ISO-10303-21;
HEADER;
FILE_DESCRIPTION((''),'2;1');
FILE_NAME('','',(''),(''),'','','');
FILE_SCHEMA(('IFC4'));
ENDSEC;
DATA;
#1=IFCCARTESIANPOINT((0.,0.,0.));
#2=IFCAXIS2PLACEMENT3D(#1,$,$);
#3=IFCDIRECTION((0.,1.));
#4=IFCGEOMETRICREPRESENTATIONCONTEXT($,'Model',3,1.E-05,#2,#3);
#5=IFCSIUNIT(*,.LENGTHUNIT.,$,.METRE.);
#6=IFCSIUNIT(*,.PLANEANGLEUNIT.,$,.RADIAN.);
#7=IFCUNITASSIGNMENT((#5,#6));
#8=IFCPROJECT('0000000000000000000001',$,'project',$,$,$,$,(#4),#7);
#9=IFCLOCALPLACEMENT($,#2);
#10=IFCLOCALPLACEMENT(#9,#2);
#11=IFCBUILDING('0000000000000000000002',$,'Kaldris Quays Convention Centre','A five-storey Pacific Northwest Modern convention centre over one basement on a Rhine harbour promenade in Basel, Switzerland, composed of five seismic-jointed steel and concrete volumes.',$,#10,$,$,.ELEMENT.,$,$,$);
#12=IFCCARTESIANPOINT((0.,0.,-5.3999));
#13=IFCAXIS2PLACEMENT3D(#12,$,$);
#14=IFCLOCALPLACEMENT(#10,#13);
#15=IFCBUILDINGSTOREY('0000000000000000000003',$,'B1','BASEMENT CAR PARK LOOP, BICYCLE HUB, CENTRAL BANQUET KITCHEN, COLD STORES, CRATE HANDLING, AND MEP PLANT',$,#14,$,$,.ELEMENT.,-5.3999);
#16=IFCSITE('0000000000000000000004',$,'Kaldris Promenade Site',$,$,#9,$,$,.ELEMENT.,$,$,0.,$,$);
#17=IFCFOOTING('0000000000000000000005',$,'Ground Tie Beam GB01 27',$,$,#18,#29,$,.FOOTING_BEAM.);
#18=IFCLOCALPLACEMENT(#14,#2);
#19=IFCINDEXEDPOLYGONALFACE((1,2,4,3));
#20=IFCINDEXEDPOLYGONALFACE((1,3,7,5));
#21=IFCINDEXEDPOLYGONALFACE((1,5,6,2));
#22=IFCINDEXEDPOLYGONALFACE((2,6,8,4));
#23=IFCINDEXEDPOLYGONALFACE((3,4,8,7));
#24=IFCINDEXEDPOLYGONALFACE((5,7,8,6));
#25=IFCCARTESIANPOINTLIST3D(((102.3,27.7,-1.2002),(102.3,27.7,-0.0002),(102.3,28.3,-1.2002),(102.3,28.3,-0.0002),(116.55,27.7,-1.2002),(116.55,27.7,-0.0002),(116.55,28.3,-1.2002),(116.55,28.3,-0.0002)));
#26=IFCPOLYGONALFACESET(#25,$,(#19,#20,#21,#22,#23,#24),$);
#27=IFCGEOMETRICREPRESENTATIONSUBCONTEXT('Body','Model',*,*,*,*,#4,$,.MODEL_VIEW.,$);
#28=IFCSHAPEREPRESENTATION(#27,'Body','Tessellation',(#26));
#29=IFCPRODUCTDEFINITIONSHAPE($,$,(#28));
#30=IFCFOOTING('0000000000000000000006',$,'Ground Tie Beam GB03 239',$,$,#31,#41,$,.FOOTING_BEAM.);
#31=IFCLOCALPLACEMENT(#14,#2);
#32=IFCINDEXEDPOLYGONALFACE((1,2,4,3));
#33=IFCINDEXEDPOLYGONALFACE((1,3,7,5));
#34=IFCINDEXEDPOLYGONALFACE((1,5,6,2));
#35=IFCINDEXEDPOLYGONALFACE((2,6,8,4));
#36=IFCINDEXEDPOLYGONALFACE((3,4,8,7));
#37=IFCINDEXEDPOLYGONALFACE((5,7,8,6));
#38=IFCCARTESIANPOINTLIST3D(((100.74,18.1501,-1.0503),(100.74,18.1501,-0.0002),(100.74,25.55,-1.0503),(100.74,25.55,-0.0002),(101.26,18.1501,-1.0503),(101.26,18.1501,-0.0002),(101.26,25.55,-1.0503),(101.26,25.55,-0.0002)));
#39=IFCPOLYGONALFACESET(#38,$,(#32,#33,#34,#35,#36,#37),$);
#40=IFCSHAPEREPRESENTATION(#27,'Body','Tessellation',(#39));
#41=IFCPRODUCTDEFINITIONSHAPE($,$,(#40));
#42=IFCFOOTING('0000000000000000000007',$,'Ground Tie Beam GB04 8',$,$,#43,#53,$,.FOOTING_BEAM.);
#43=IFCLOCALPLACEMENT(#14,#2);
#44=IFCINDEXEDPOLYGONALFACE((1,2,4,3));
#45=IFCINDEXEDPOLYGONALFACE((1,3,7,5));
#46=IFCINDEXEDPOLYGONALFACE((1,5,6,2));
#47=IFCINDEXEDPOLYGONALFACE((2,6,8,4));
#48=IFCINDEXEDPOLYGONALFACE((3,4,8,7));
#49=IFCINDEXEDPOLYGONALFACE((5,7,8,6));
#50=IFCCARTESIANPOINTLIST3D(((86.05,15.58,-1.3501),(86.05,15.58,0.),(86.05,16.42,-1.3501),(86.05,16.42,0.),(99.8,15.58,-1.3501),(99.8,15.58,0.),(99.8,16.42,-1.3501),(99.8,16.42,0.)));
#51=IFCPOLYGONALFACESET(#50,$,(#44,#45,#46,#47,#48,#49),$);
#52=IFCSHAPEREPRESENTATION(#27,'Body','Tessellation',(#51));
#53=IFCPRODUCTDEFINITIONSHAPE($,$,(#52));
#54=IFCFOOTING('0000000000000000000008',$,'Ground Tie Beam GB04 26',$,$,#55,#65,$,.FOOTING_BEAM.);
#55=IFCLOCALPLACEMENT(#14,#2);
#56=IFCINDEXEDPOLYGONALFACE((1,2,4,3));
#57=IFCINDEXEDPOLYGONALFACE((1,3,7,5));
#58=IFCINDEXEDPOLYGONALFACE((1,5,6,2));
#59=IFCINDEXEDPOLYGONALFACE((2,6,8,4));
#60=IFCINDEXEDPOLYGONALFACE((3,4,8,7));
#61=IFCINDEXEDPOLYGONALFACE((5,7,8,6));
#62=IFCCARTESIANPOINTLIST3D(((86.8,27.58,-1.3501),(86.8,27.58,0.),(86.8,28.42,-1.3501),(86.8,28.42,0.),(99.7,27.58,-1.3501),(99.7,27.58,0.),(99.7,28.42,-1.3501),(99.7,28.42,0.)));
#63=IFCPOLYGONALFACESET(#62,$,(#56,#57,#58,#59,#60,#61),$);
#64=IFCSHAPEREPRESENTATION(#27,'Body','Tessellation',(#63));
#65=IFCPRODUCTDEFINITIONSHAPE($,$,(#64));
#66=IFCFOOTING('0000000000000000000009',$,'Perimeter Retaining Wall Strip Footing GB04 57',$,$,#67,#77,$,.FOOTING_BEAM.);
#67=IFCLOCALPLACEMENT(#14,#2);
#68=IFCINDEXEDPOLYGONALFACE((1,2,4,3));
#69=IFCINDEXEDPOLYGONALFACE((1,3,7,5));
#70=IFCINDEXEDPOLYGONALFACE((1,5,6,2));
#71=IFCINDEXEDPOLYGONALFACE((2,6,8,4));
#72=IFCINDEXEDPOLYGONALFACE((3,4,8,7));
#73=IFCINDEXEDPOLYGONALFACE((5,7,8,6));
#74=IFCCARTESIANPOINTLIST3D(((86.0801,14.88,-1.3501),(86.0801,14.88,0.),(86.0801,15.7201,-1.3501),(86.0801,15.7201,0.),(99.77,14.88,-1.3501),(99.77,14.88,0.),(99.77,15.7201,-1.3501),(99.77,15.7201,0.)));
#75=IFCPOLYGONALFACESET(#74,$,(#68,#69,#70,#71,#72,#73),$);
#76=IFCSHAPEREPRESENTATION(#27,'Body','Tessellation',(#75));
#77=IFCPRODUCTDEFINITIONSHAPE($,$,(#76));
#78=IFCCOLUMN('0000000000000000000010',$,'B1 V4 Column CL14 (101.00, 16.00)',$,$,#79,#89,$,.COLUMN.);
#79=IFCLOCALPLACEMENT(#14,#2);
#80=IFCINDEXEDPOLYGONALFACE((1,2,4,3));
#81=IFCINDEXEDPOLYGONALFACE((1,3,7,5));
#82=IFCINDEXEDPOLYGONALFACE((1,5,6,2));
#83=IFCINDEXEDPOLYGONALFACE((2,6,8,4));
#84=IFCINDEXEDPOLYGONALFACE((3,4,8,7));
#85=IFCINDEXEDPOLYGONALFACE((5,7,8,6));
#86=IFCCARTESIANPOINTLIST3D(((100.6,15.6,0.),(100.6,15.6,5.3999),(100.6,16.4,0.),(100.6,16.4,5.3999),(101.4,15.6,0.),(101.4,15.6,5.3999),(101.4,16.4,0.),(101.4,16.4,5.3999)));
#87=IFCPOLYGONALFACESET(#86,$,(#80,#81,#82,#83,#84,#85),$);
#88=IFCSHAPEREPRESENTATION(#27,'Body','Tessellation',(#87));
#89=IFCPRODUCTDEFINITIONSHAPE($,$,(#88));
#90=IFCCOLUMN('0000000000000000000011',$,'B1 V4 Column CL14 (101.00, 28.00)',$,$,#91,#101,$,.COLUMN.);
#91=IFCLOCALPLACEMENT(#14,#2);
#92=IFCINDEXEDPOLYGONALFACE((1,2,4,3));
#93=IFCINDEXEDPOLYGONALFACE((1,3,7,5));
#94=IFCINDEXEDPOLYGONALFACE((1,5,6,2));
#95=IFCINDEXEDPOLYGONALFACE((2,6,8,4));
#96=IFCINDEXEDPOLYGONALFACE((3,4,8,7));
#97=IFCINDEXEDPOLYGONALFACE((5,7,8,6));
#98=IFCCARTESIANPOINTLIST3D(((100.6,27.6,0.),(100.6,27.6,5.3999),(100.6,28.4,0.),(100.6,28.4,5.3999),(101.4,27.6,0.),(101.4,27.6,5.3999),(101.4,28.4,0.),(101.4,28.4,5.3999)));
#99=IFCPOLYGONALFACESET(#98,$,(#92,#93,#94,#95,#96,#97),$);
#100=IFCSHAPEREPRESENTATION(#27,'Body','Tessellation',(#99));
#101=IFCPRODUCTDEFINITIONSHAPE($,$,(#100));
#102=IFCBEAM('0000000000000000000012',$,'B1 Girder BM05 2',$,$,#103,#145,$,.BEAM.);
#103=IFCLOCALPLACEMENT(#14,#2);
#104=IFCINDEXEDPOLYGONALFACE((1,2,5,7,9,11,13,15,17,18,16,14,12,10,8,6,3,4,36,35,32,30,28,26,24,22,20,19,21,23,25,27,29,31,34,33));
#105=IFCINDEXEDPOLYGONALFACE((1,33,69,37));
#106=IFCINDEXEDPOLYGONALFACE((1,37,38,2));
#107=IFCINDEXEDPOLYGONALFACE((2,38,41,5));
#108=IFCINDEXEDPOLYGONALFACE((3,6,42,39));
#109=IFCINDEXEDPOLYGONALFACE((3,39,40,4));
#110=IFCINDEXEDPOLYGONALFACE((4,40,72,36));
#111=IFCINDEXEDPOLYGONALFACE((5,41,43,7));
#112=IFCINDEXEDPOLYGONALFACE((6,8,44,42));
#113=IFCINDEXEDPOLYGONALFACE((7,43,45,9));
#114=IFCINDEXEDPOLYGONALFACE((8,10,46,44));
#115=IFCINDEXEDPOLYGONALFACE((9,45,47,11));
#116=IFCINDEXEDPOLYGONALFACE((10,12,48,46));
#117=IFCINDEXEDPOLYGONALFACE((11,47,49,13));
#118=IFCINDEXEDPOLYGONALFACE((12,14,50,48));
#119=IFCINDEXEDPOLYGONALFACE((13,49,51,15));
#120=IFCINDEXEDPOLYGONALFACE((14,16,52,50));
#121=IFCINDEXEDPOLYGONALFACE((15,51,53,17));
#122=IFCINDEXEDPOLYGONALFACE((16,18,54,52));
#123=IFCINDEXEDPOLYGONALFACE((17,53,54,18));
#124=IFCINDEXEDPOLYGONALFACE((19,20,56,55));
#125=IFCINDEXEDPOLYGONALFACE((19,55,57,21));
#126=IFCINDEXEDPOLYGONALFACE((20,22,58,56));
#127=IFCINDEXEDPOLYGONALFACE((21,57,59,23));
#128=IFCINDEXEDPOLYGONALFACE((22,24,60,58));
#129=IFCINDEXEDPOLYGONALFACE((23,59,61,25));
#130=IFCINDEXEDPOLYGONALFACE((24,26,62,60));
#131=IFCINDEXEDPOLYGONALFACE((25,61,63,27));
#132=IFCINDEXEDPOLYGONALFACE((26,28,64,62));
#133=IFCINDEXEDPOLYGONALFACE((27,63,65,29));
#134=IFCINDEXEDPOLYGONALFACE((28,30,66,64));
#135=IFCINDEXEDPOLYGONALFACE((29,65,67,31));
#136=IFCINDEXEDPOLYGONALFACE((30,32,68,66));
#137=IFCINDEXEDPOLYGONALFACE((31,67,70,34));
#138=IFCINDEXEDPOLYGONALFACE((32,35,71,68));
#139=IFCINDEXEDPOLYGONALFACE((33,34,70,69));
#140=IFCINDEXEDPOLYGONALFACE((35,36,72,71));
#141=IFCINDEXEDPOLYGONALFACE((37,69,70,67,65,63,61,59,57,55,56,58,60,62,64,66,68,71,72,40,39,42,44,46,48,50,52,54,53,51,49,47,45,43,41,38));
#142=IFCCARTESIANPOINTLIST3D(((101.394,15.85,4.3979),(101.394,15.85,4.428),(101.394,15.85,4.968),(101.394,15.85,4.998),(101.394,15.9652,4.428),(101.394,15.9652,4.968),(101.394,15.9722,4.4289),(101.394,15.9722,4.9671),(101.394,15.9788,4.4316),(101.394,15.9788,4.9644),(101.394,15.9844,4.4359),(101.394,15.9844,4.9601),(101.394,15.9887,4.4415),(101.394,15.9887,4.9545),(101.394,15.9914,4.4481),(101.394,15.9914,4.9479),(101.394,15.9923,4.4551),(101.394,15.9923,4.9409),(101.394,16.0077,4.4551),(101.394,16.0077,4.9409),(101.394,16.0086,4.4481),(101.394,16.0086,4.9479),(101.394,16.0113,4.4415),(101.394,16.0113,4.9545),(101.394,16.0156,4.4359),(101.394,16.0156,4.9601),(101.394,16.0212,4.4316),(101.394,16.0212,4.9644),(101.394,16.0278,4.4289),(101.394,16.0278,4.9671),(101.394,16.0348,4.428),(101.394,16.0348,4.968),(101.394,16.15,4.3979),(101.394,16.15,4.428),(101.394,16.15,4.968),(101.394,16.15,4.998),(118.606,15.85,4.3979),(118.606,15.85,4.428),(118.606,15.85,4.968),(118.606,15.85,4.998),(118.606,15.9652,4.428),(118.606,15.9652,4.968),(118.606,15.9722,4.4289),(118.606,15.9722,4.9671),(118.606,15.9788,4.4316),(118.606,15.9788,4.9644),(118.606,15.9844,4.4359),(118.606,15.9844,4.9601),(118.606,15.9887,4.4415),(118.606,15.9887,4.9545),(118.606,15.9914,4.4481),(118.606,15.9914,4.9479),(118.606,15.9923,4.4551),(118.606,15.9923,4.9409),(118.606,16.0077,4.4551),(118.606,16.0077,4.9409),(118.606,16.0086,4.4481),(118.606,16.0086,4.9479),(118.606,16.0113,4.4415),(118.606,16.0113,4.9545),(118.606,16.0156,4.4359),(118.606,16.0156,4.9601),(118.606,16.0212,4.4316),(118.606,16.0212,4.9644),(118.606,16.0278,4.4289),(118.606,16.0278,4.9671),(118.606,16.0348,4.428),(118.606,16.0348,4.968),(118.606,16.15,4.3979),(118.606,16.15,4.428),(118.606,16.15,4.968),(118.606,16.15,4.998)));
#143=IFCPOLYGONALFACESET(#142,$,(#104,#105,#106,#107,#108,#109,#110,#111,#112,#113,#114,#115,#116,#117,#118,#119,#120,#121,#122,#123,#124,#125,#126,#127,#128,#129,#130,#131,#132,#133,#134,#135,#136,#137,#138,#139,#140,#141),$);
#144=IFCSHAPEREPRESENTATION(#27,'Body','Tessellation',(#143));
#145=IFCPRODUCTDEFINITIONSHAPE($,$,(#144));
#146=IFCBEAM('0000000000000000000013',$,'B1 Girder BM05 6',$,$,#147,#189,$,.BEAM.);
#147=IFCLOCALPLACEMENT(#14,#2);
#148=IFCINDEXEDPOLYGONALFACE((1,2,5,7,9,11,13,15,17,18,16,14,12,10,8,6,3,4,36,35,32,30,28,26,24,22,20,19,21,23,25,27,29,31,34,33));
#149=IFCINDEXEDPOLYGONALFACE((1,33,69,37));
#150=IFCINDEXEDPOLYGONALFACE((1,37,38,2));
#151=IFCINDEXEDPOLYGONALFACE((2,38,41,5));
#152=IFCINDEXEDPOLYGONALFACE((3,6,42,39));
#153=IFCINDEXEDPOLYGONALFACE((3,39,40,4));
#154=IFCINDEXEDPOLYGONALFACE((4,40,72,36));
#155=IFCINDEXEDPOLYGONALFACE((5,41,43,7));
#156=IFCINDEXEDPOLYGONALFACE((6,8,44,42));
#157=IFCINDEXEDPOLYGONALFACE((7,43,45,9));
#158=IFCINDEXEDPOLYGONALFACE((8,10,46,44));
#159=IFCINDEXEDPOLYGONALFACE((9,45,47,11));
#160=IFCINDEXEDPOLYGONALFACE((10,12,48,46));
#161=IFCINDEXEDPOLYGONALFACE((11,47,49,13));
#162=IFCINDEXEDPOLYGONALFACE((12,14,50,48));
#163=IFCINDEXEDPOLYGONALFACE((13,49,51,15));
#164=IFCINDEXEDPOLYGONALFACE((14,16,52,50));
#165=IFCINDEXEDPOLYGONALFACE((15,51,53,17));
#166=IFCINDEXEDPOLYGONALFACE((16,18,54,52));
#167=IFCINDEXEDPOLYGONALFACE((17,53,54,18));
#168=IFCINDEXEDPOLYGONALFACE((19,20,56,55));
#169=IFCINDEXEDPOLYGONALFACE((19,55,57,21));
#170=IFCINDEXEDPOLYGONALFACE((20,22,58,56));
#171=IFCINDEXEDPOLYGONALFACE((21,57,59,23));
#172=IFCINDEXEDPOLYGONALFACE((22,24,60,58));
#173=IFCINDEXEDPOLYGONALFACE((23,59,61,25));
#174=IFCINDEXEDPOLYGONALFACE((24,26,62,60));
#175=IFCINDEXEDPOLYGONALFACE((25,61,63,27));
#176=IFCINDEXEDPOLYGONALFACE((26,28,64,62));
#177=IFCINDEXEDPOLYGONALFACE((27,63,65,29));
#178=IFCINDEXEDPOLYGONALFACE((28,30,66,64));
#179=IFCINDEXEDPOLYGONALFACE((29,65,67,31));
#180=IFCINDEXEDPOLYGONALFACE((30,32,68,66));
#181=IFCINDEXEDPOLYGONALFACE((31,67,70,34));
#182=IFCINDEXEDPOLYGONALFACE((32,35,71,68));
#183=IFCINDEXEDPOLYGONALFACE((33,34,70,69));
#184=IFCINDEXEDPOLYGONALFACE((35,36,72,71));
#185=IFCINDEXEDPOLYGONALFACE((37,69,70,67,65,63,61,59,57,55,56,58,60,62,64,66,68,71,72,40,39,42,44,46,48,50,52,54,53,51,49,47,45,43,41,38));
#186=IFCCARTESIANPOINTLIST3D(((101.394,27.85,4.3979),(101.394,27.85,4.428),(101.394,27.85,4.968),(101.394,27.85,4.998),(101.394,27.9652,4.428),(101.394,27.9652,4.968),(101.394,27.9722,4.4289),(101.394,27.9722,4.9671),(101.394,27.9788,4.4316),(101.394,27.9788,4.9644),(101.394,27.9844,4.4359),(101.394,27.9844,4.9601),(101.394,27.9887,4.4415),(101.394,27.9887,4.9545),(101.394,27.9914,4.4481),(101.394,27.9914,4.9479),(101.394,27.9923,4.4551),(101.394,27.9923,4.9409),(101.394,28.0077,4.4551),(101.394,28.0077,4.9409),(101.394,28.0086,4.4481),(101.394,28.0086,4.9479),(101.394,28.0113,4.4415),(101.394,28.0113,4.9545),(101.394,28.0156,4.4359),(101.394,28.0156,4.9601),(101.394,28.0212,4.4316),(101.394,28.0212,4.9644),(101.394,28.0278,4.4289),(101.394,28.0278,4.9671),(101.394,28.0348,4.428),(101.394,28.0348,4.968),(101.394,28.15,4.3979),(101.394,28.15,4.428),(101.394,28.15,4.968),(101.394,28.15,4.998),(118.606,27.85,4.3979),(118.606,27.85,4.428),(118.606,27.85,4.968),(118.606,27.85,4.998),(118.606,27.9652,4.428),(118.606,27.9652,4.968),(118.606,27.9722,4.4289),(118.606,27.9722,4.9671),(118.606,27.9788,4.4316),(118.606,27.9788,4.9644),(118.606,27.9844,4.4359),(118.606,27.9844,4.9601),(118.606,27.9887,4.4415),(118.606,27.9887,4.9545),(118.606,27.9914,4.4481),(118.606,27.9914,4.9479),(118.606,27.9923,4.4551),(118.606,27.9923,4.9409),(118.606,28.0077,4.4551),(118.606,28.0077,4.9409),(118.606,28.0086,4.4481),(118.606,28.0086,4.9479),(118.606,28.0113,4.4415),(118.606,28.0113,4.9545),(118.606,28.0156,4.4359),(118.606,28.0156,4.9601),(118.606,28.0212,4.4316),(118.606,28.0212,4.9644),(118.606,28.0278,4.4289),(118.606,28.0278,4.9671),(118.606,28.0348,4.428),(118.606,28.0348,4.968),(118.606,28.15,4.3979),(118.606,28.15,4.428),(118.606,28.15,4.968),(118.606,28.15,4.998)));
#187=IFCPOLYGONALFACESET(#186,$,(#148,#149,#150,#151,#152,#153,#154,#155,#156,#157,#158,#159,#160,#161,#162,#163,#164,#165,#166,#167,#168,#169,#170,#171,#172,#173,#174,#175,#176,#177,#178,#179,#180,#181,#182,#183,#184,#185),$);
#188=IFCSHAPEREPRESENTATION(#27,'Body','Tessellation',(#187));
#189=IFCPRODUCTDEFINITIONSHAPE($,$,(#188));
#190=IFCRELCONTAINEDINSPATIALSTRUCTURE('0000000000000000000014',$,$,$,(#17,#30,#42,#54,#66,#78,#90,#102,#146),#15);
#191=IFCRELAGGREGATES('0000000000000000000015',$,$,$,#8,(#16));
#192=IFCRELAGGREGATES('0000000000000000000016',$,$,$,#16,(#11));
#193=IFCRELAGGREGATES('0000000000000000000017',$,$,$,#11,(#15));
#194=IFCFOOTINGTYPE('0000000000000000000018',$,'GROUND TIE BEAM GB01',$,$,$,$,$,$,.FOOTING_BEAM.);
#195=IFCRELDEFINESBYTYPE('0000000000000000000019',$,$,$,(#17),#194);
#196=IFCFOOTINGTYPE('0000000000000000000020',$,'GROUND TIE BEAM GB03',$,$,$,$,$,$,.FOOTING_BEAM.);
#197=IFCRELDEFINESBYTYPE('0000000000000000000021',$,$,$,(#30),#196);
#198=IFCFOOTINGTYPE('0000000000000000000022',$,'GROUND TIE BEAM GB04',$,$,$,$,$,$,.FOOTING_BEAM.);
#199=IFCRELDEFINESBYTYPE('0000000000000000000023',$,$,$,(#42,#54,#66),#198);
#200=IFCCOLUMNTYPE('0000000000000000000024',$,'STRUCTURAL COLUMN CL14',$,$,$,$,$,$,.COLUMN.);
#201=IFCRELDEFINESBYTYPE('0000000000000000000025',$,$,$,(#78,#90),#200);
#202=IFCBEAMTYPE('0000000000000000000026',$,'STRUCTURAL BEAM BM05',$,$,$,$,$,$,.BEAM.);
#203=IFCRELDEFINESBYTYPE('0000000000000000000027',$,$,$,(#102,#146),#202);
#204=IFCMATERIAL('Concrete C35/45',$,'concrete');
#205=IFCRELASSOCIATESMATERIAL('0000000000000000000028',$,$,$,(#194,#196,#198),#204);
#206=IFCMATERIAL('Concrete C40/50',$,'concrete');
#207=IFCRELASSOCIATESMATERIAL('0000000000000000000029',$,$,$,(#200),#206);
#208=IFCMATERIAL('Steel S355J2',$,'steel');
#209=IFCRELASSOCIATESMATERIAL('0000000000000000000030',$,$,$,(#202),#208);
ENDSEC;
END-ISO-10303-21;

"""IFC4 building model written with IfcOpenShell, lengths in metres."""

from ifc_helpers import new_model, si_unit, direction, frame, origin, origin_2d, place, context, subcontext, project, spatial, rectangle, i_section, extrude, material, material_profile, profile_set, type_object, element, save


model = new_model("IFC4")

# Units and contexts
model_context = context("Model", 3, precision=1e-05, world=origin(), true_north=direction((0.0, 1.0)))
body_context = subcontext(model_context, "Body", "Model", "MODEL_VIEW")
ifc_project = project(units=[si_unit("LENGTHUNIT", "METRE"), si_unit("PLANEANGLEUNIT", "RADIAN")], contexts=[model_context])

# Site, building, storey
site_placement = place(None, origin())
site = spatial("IfcSite", under=ifc_project, at=site_placement, Name="Kaldris Promenade Site", CompositionType="ELEMENT", RefElevation=0.0)
building_placement = place(site_placement, origin())
building = spatial("IfcBuilding", under=site, at=building_placement, Name="Kaldris Quays Convention Centre", Description="A five-storey Pacific Northwest Modern convention centre over one basement on a Rhine harbour promenade in Basel, Switzerland, composed of five seismic-jointed steel and concrete volumes.", CompositionType="ELEMENT")
storey_placement = place(building_placement, frame((0.0, 0.0, -5.3999)))
storey = spatial("IfcBuildingStorey", under=building, at=storey_placement, Name="B1", Description="BASEMENT CAR PARK LOOP, BICYCLE HUB, CENTRAL BANQUET KITCHEN, COLD STORES, CRATE HANDLING, AND MEP PLANT", CompositionType="ELEMENT", Elevation=-5.3999)

# Shared definitions
ifc_material_1 = material(Name="Concrete C35/45", Category="concrete")

# Footings
footing_type_1 = type_object("IfcFootingType", Name="GROUND TIE BEAM GB01", PredefinedType="FOOTING_BEAM", material=ifc_material_1)
footing_1_placement = place(storey_placement, frame((109.425, 28.0, -1.2002), z_axis=(0.0, 0.0, 1.0), x_axis=(1.0, 0.0, 0.0)))
element("IfcFooting", 1, at=footing_1_placement, inside=storey, type_object=footing_type_1, Name="Ground Tie Beam GB01 27", PredefinedType="FOOTING_BEAM", context=body_context, shape_type="SweptSolid", body=[
    extrude(rectangle(XDim=14.25, YDim=0.6001, at=origin_2d()), origin(), (0.0, 0.0, 1.0), 1.2),
])
footing_type_2 = type_object("IfcFootingType", Name="GROUND TIE BEAM GB03", PredefinedType="FOOTING_BEAM", material=ifc_material_1)
footing_2_placement = place(storey_placement, frame((101.0, 21.8501, -1.0503), z_axis=(0.0, 0.0, 1.0), x_axis=(1.0, 0.0, 0.0)))
element("IfcFooting", 2, at=footing_2_placement, inside=storey, type_object=footing_type_2, Name="Ground Tie Beam GB03 239", PredefinedType="FOOTING_BEAM", context=body_context, shape_type="SweptSolid", body=[
    extrude(rectangle(XDim=0.52, YDim=7.3999, at=origin_2d()), origin(), (0.0, 0.0, 1.0), 1.05),
])
footing_type_3 = type_object("IfcFootingType", Name="GROUND TIE BEAM GB04", PredefinedType="FOOTING_BEAM", material=ifc_material_1)
footing_3_placement = place(storey_placement, frame((92.925, 16.0, -1.3501), z_axis=(0.0, 0.0, 1.0), x_axis=(1.0, 0.0, 0.0)))
element("IfcFooting", 3, at=footing_3_placement, inside=storey, type_object=footing_type_3, Name="Ground Tie Beam GB04 8", PredefinedType="FOOTING_BEAM", context=body_context, shape_type="SweptSolid", body=[
    extrude(rectangle(XDim=13.75, YDim=0.8401, at=origin_2d()), origin(), (0.0, 0.0, 1.0), 1.3501),
])
footing_4_placement = place(storey_placement, frame((93.25, 28.0, -1.3501), z_axis=(0.0, 0.0, 1.0), x_axis=(1.0, 0.0, 0.0)))
element("IfcFooting", 4, at=footing_4_placement, inside=storey, type_object=footing_type_3, Name="Ground Tie Beam GB04 26", PredefinedType="FOOTING_BEAM", context=body_context, shape_type="SweptSolid", body=[
    extrude(rectangle(XDim=12.8999, YDim=0.8401, at=origin_2d()), origin(), (0.0, 0.0, 1.0), 1.3501),
])
footing_5_placement = place(storey_placement, frame((92.925, 15.3, -1.3501), z_axis=(0.0, 0.0, 1.0), x_axis=(1.0, 0.0, 0.0)))
element("IfcFooting", 5, at=footing_5_placement, inside=storey, type_object=footing_type_3, Name="Perimeter Retaining Wall Strip Footing GB04 57", PredefinedType="FOOTING_BEAM", context=body_context, shape_type="SweptSolid", body=[
    extrude(rectangle(XDim=13.6899, YDim=0.8401, at=origin_2d()), origin(), (0.0, 0.0, 1.0), 1.3501),
])

# Columns
ifc_material_2 = material(Name="Concrete C40/50", Category="concrete")
ifc_material_profile_1 = material_profile(ifc_material_2, rectangle(XDim=0.8, YDim=0.8, at=origin_2d()), Name="RC 800x800")
ifc_profile_set_1 = profile_set([ifc_material_profile_1], Name="Concrete C40/50")
column_type = type_object("IfcColumnType", Name="STRUCTURAL COLUMN CL14", PredefinedType="COLUMN", material=ifc_profile_set_1)
for number, where, z_axis, x_axis, name in (
    (6, (101.0, 16.0, 0.0), (0.0, 0.0, 1.0), (1.0, 0.0, 0.0), "B1 V4 Column CL14 (101.00, 16.00)"),
    (7, (101.0, 28.0, 0.0), (0.0, 0.0, 1.0), (1.0, 0.0, 0.0), "B1 V4 Column CL14 (101.00, 28.00)"),
):
    element("IfcColumn", number, at=place(storey_placement, frame(where, z_axis=z_axis, x_axis=x_axis)), inside=storey, type_object=column_type, Name=name, PredefinedType="COLUMN", context=body_context, shape_type="SweptSolid", body=[
        extrude(rectangle(XDim=0.8, YDim=0.8, at=origin_2d()), origin(), (0.0, 0.0, 1.0), 5.3999),
    ])

# Beams
ifc_material_3 = material(Name="Steel S355J2", Category="steel")
ifc_material_profile_2 = material_profile(ifc_material_3, i_section(OverallWidth=0.3, OverallDepth=0.6001, WebThickness=0.0154, FlangeThickness=0.03, FilletRadius=0.0271, at=origin_2d()), Name="HEB 600")
ifc_profile_set_2 = profile_set([ifc_material_profile_2], Name="Steel S355J2")
beam_type_1 = type_object("IfcBeamType", Name="STRUCTURAL BEAM BM05", PredefinedType="BEAM", material=ifc_profile_set_2)
for number, where, z_axis, x_axis, name in (
    (8, (101.394, 16.0, 4.698), (1.0, 0.0, 0.0), (0.0, 1.0, 0.0), "B1 Girder BM05 2"),
    (9, (101.394, 28.0, 4.698), (1.0, 0.0, 0.0), (0.0, 1.0, 0.0), "B1 Girder BM05 6"),
):
    element("IfcBeam", number, at=place(storey_placement, frame(where, z_axis=z_axis, x_axis=x_axis)), inside=storey, type_object=beam_type_1, Name=name, PredefinedType="BEAM", context=body_context, shape_type="SweptSolid", body=[
        extrude(i_section(OverallWidth=0.3, OverallDepth=0.6001, WebThickness=0.0154, FlangeThickness=0.03, FilletRadius=0.0271, at=origin_2d()), origin(), (0.0, 0.0, 1.0), 17.2119),
    ])

save(model, "model.ifc")
